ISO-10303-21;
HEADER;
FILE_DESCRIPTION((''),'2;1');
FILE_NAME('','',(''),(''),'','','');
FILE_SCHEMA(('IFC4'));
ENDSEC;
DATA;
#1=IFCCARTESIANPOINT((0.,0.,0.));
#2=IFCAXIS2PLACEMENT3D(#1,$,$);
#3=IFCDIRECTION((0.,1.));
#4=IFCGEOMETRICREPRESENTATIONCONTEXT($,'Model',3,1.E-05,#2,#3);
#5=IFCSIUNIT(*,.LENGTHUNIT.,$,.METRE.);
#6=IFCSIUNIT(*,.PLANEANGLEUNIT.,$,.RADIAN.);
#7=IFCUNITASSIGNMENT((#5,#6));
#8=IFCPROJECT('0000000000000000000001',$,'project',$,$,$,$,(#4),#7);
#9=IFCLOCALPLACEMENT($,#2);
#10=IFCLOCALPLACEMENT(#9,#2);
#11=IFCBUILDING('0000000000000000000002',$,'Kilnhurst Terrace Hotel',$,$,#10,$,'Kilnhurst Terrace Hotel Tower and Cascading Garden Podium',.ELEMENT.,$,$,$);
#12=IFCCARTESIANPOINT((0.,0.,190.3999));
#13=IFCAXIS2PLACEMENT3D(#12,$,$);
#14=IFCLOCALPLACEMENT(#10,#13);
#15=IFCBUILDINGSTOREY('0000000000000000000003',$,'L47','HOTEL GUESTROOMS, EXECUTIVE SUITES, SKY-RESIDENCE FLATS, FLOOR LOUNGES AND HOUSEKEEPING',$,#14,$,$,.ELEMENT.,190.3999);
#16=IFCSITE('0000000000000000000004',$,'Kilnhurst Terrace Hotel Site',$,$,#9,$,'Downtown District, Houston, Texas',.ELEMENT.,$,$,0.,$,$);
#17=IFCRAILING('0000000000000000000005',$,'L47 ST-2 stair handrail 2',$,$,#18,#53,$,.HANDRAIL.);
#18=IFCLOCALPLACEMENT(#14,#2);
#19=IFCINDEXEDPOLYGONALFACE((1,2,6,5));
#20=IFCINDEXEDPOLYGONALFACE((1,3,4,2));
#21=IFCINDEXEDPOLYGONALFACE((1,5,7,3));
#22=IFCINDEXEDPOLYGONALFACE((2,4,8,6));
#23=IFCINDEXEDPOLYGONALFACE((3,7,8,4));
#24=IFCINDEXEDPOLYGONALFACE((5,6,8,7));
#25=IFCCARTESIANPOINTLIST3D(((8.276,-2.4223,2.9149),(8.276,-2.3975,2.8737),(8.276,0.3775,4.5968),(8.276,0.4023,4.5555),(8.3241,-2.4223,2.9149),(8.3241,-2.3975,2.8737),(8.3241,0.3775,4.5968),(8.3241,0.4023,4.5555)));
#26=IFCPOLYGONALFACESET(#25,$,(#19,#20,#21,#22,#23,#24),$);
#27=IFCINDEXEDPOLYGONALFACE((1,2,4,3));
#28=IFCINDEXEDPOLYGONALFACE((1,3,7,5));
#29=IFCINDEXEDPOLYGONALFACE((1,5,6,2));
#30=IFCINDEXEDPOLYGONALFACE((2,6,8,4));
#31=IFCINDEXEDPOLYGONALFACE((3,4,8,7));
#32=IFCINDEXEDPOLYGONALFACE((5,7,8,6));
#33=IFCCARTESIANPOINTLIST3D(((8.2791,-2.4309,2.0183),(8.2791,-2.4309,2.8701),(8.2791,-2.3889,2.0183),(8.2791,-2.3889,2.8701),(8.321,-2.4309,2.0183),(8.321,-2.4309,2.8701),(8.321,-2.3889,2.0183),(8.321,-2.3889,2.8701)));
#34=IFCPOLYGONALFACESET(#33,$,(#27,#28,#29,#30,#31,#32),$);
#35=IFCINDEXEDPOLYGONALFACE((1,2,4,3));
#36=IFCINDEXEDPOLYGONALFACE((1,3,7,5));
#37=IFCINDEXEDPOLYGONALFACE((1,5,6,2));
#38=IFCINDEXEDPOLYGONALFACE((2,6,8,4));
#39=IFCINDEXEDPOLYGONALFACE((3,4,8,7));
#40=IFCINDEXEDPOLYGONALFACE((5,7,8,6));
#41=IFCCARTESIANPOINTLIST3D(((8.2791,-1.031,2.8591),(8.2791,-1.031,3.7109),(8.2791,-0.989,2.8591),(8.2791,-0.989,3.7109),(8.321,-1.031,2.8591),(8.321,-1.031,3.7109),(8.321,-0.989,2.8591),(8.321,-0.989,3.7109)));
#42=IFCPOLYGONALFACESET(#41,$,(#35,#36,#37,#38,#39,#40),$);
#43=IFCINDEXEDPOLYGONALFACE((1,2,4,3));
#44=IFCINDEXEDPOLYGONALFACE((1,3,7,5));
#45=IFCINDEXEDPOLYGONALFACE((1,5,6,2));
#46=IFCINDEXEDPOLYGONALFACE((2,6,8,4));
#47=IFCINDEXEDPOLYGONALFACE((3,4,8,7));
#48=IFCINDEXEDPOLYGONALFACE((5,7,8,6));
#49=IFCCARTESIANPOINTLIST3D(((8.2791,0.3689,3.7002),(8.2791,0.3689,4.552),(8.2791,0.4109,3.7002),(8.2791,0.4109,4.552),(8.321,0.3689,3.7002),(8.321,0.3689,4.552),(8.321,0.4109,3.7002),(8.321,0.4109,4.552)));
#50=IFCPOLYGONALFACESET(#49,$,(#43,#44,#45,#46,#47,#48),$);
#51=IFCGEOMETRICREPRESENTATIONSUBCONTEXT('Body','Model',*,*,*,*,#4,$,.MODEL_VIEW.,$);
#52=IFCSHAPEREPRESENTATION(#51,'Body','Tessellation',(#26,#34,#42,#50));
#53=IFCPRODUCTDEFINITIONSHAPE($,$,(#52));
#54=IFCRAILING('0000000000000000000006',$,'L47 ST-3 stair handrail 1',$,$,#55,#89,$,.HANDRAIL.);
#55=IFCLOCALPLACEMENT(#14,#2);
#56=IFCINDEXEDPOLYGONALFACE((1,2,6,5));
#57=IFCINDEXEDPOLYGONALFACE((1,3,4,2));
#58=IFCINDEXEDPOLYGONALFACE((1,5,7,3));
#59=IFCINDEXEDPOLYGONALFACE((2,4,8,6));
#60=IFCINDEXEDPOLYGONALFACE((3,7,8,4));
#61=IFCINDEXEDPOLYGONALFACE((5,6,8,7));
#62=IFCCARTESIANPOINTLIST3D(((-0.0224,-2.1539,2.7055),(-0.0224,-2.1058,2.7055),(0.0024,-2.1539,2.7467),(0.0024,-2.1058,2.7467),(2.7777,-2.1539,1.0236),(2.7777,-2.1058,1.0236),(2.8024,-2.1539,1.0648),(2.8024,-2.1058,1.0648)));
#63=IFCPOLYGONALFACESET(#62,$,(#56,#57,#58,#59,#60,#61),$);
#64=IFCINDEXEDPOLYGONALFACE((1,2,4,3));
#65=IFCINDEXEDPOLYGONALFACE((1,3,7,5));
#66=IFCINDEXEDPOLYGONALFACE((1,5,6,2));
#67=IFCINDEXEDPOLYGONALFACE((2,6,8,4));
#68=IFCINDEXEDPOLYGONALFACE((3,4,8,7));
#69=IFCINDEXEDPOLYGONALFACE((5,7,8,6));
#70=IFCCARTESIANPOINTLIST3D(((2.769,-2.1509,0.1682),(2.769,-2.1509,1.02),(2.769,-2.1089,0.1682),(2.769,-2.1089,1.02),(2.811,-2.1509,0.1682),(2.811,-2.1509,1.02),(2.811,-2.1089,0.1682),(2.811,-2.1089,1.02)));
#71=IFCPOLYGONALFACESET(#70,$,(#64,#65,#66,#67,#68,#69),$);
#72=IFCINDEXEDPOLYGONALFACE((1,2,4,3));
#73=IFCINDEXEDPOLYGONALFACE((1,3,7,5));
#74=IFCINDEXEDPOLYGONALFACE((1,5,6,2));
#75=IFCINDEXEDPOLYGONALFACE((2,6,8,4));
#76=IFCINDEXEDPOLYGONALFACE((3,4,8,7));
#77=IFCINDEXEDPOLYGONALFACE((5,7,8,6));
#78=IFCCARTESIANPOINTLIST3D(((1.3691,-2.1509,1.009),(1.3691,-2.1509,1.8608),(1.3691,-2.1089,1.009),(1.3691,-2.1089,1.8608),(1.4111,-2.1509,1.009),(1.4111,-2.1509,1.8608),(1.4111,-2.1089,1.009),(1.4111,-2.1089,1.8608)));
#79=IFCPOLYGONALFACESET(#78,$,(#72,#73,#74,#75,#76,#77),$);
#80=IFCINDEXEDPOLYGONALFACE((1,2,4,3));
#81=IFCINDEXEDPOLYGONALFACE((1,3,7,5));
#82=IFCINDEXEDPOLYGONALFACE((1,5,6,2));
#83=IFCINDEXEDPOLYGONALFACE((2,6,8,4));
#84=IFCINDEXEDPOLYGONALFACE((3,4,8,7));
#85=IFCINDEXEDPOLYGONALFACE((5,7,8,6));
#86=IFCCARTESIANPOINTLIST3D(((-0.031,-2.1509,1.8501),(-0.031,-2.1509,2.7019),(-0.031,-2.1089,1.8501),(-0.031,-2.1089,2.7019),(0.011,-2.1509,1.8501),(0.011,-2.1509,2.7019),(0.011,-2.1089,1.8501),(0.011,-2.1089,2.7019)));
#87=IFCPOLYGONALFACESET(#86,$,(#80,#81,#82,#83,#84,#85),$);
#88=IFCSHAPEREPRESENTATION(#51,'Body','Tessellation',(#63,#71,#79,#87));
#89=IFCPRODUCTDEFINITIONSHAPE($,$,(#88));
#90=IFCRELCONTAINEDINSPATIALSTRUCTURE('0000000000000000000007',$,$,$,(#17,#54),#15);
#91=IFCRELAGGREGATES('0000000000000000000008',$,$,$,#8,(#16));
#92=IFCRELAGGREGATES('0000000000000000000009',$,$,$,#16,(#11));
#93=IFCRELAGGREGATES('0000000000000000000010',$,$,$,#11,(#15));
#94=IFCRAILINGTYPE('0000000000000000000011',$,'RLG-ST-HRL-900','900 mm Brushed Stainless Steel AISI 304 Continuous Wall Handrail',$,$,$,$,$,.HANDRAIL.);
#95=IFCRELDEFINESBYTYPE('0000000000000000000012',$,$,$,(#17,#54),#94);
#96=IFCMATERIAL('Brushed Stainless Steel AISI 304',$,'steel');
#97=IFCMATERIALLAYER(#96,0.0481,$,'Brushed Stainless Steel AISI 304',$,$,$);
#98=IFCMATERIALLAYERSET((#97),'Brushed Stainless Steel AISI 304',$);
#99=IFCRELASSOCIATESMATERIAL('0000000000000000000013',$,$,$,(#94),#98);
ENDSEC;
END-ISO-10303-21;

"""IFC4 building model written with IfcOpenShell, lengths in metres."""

from ifc_helpers import new_model, si_unit, direction, frame, origin, origin_2d, place, context, subcontext, project, spatial, rectangle, extrude, material, layer, layer_set, type_object, element, save


model = new_model("IFC4")

# Units and contexts
model_context = context("Model", 3, precision=1e-05, world=origin(), true_north=direction((0.0, 1.0)))
body_context = subcontext(model_context, "Body", "Model", "MODEL_VIEW")
ifc_project = project(units=[si_unit("LENGTHUNIT", "METRE"), si_unit("PLANEANGLEUNIT", "RADIAN")], contexts=[model_context])

# Site, building, storey
site_placement = place(None, origin())
site = spatial("IfcSite", under=ifc_project, at=site_placement, Name="Kilnhurst Terrace Hotel Site", LongName="Downtown District, Houston, Texas", CompositionType="ELEMENT", RefElevation=0.0)
building_placement = place(site_placement, origin())
building = spatial("IfcBuilding", under=site, at=building_placement, Name="Kilnhurst Terrace Hotel", LongName="Kilnhurst Terrace Hotel Tower and Cascading Garden Podium", CompositionType="ELEMENT")
storey_placement = place(building_placement, frame((0.0, 0.0, 190.3999)))
storey = spatial("IfcBuildingStorey", under=building, at=storey_placement, Name="L47", Description="HOTEL GUESTROOMS, EXECUTIVE SUITES, SKY-RESIDENCE FLATS, FLOOR LOUNGES AND HOUSEKEEPING", CompositionType="ELEMENT", Elevation=190.3999)

# Railings
ifc_material_1 = material(Name="Brushed Stainless Steel AISI 304", Category="steel")
ifc_layer_1 = layer(ifc_material_1, 0.0481, Name="Brushed Stainless Steel AISI 304")
ifc_layer_set_1 = layer_set([ifc_layer_1], Name="Brushed Stainless Steel AISI 304")
railing_type_1 = type_object("IfcRailingType", Name="RLG-ST-HRL-900", Description="900 mm Brushed Stainless Steel AISI 304 Continuous Wall Handrail", PredefinedType="HANDRAIL", material=ifc_layer_set_1)
railing_1_placement = place(storey_placement, frame((8.3, -2.4099, 2.0183)))
element("IfcRailing", 1, at=railing_1_placement, inside=storey, type_object=railing_type_1, Name="L47 ST-2 stair handrail 2", PredefinedType="HANDRAIL", context=body_context, shape_type="SweptSolid", body=[
    extrude(rectangle(XDim=0.0481, YDim=0.0481, at=origin_2d()), frame((0.0, 0.0, 0.876), z_axis=(0.0, 0.857222, 0.514946), x_axis=(-1.0, 0.0, 0.0)), (0.0, 0.0, 1.0), 3.2661),
    extrude(rectangle(XDim=0.042, YDim=0.042, at=origin_2d()), origin(), (0.0, 0.0, 1.0), 0.8518),
    extrude(rectangle(XDim=0.042, YDim=0.042, at=origin_2d()), frame((0.0, 1.3999, 0.8408)), (0.0, 0.0, 1.0), 0.8518),
    extrude(rectangle(XDim=0.042, YDim=0.042, at=origin_2d()), frame((0.0, 2.7998, 1.6819)), (0.0, 0.0, 1.0), 0.8518),
])
railing_2_placement = place(storey_placement, frame((2.79, -2.1299, 0.1682)))
element("IfcRailing", 2, at=railing_2_placement, inside=storey, type_object=railing_type_1, Name="L47 ST-3 stair handrail 1", PredefinedType="HANDRAIL", context=body_context, shape_type="SweptSolid", body=[
    extrude(rectangle(XDim=0.0481, YDim=0.0481, at=origin_2d()), frame((0.0, 0.0, 0.876), z_axis=(-0.857242, 0.0, 0.514913), x_axis=(0.0, -1.0, 0.0)), (0.0, 0.0, 1.0), 3.2664),
    extrude(rectangle(XDim=0.042, YDim=0.042, at=origin_2d()), origin(), (0.0, 0.0, 1.0), 0.8518),
    extrude(rectangle(XDim=0.042, YDim=0.042, at=origin_2d()), frame((-1.3999, 0.0, 0.8408)), (0.0, 0.0, 1.0), 0.8518),
    extrude(rectangle(XDim=0.042, YDim=0.042, at=origin_2d()), frame((-2.8, 0.0, 1.6819)), (0.0, 0.0, 1.0), 0.8518),
])

save(model, "model.ifc")
